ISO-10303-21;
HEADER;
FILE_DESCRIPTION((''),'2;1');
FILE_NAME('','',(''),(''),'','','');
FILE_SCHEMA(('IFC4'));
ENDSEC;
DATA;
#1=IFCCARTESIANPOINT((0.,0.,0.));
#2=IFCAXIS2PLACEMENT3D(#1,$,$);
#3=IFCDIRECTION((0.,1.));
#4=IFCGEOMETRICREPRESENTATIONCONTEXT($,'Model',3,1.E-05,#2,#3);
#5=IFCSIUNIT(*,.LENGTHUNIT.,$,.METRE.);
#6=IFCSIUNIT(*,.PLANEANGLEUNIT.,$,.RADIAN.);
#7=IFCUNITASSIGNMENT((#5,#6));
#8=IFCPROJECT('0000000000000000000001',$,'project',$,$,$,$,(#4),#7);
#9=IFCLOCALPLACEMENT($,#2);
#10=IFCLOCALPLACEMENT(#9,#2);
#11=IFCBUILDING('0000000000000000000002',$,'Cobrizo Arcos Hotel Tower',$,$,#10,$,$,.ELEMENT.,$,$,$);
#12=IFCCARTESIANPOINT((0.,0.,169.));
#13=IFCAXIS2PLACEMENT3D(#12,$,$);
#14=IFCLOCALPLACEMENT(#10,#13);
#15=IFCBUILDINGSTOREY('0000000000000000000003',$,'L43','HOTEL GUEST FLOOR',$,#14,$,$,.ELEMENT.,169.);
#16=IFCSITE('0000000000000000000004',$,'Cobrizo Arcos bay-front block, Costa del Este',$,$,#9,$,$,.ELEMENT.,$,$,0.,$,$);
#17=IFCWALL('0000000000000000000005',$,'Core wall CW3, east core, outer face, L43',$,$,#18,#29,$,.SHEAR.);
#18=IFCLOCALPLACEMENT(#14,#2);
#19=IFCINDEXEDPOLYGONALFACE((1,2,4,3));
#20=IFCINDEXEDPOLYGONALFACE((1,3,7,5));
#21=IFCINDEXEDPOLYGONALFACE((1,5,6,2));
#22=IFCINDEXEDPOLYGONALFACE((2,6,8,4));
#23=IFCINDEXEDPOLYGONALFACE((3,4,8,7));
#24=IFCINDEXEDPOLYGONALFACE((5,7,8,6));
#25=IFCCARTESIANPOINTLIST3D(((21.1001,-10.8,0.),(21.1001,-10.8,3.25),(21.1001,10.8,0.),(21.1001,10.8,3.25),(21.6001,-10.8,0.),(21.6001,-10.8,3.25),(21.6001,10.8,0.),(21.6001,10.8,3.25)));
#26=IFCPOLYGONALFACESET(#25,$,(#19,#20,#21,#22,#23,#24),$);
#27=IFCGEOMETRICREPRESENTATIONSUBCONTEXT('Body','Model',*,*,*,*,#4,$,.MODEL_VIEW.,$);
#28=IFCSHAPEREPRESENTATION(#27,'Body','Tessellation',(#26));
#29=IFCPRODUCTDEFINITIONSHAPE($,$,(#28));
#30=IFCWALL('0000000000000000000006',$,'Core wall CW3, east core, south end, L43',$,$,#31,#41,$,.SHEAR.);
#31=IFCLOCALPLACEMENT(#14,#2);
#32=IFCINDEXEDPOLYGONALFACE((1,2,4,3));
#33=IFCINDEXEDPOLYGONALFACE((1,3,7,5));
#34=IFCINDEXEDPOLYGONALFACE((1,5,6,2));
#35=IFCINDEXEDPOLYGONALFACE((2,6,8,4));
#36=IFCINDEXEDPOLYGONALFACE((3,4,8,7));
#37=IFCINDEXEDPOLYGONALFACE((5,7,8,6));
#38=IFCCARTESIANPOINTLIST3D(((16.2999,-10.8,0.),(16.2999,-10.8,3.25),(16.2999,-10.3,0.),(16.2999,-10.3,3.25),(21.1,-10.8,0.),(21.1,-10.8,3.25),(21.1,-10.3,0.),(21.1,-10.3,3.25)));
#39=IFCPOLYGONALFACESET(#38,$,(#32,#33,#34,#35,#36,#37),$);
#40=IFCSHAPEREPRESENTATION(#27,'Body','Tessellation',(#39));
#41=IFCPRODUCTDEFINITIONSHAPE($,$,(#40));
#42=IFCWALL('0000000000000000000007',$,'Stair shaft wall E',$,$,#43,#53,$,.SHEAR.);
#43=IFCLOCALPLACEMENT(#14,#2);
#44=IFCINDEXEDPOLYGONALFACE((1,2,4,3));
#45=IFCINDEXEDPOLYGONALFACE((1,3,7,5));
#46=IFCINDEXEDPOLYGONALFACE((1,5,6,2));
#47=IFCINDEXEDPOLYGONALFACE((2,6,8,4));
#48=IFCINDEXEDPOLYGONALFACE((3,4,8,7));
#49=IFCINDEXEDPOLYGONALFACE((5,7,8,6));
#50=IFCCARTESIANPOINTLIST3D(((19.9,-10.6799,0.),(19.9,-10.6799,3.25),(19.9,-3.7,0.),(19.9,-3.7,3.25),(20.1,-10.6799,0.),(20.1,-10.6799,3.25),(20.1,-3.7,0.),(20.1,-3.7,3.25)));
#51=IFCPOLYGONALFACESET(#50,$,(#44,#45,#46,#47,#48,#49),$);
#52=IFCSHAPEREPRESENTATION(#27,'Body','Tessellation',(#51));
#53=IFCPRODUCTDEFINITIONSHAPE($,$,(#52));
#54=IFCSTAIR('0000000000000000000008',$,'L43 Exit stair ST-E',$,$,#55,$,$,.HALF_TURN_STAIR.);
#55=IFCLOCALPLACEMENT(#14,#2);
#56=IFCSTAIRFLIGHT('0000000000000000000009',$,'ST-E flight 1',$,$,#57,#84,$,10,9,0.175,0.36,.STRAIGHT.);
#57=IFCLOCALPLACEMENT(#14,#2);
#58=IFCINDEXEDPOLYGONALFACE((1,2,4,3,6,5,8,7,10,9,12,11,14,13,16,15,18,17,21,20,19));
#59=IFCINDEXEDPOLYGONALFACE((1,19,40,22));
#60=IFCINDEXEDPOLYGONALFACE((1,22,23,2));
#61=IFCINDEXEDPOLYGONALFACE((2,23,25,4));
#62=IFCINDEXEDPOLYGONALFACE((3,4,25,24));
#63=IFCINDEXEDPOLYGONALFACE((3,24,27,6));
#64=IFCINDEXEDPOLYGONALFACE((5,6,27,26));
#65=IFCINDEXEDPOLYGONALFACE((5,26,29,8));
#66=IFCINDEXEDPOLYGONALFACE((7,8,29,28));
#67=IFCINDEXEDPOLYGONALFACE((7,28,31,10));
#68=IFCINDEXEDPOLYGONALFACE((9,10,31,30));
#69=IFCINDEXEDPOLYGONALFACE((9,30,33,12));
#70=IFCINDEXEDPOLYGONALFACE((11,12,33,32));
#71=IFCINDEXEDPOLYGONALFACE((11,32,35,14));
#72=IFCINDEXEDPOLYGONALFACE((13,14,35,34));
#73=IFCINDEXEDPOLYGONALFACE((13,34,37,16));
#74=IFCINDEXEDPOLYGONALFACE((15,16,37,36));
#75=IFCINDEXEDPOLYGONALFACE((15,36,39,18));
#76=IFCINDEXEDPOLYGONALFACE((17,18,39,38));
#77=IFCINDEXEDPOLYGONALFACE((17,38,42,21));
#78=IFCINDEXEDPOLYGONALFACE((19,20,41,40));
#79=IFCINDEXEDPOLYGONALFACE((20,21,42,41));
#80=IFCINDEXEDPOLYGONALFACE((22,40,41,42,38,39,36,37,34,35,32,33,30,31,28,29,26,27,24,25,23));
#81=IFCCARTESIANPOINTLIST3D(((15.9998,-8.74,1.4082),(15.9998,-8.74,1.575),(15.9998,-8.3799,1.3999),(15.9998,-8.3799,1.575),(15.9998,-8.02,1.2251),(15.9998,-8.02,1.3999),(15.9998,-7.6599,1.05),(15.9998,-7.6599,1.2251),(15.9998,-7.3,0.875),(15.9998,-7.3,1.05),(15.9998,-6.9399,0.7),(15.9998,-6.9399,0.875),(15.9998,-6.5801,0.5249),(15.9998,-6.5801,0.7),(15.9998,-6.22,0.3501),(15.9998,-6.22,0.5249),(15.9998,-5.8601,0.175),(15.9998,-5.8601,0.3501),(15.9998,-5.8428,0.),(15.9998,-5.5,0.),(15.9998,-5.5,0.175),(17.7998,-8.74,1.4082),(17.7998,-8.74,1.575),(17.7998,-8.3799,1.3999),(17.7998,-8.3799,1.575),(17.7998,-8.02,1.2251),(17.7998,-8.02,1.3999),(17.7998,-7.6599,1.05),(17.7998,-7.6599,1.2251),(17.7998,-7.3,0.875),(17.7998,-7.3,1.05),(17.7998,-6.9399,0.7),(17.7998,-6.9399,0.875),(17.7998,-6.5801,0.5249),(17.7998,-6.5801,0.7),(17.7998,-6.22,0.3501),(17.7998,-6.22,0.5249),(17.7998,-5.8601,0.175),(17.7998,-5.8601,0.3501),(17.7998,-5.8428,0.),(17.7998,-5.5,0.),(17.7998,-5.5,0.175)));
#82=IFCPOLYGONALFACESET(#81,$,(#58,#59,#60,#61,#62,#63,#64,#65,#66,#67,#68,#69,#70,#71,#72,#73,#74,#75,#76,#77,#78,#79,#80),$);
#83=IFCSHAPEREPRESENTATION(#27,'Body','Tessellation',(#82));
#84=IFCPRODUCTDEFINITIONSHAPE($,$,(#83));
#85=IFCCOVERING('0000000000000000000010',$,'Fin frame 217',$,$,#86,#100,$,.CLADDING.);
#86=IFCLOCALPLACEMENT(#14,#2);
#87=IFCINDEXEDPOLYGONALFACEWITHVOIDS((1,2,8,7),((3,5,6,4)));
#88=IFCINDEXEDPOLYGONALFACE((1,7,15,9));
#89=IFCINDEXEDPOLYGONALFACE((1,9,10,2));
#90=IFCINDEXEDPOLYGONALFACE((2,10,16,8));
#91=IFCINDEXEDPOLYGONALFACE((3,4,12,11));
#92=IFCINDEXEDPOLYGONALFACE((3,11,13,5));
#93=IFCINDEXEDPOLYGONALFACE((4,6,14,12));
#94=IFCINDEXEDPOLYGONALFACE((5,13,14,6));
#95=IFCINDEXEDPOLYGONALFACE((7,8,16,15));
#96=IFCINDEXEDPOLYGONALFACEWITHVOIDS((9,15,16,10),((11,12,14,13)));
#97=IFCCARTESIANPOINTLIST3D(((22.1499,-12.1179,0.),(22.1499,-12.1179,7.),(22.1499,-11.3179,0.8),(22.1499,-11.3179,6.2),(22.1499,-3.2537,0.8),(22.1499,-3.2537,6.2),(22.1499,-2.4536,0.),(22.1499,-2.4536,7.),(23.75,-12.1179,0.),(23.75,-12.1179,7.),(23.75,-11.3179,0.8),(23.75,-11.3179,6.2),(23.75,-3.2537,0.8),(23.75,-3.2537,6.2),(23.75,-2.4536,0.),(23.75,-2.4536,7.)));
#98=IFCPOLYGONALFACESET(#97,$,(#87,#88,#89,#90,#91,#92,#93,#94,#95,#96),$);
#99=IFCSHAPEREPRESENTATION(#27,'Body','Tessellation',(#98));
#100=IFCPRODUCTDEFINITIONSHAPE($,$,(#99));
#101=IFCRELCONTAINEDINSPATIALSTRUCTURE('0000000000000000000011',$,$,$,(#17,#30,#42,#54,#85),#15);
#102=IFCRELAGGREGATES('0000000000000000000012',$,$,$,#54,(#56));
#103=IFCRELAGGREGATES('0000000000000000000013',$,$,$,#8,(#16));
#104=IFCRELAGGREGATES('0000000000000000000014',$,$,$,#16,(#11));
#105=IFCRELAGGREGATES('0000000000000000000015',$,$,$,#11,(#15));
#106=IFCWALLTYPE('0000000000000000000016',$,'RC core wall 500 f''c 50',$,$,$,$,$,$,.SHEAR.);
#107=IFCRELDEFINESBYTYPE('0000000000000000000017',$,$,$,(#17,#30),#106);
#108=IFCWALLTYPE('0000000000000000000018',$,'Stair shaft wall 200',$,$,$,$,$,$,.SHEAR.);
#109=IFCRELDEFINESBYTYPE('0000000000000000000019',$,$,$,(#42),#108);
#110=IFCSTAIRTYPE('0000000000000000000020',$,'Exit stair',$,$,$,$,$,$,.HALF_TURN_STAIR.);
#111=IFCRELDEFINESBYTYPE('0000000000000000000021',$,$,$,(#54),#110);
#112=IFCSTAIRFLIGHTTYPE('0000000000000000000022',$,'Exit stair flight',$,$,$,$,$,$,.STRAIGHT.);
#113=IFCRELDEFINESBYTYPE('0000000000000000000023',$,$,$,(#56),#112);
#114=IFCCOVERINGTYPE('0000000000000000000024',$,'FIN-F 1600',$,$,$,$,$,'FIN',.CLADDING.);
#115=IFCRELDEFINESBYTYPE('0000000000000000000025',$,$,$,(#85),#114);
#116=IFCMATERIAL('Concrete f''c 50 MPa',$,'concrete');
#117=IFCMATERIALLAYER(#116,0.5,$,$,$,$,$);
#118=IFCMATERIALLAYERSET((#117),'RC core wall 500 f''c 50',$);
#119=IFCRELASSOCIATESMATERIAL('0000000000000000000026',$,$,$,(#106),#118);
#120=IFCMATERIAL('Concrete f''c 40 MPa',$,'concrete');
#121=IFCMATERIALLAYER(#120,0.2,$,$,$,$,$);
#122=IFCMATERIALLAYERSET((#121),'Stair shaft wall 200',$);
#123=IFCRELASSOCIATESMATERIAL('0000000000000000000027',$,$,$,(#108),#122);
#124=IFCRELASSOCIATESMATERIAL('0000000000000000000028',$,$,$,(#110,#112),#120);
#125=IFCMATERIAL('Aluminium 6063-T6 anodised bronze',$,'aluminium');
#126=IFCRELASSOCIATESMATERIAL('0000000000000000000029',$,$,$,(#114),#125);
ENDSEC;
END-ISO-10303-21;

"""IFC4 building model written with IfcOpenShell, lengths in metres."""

from ifc_helpers import new_model, si_unit, direction, frame, frame_2d, origin, place, context, subcontext, project, spatial, polyline, rectangle, outline, extrude, material, layer, layer_set, type_object, element, aggregate, save


model = new_model("IFC4")

# Units and contexts
model_context = context("Model", 3, precision=1e-05, world=origin(), true_north=direction((0.0, 1.0)))
body_context = subcontext(model_context, "Body", "Model", "MODEL_VIEW")
ifc_project = project(units=[si_unit("LENGTHUNIT", "METRE"), si_unit("PLANEANGLEUNIT", "RADIAN")], contexts=[model_context])

# Site, building, storey
site_placement = place(None, origin())
site = spatial("IfcSite", under=ifc_project, at=site_placement, Name="Cobrizo Arcos bay-front block, Costa del Este", CompositionType="ELEMENT", RefElevation=0.0)
building_placement = place(site_placement, origin())
building = spatial("IfcBuilding", under=site, at=building_placement, Name="Cobrizo Arcos Hotel Tower", CompositionType="ELEMENT")
storey_placement = place(building_placement, frame((0.0, 0.0, 169.0)))
storey = spatial("IfcBuildingStorey", under=building, at=storey_placement, Name="L43", Description="HOTEL GUEST FLOOR", CompositionType="ELEMENT", Elevation=169.0)

# Shared definitions
ifc_material_1 = material(Name="Aluminium 6063-T6 anodised bronze", Category="aluminium")

# Shared definitions
ifc_material_2 = material(Name="Concrete f'c 50 MPa", Category="concrete")
ifc_layer_1 = layer(ifc_material_2, 0.5)
ifc_layer_set_1 = layer_set([ifc_layer_1], Name="RC core wall 500 f'c 50")
wall_type_1 = type_object("IfcWallType", Name="RC core wall 500 f'c 50", PredefinedType="SHEAR", material=ifc_layer_set_1)

# Walls
wall_1_placement = place(storey_placement, frame((21.3501, -10.8, 0.0), z_axis=(0.0, 0.0, 1.0), x_axis=(0.0, 1.0, 0.0)))
element("IfcWall", 1, at=wall_1_placement, inside=storey, type_object=wall_type_1, Name="Core wall CW3, east core, outer face, L43", PredefinedType="SHEAR", context=body_context, shape_type="SweptSolid", body=[
    extrude(rectangle(XDim=21.6001, YDim=0.5, at=frame_2d((10.8, 0.0))), origin(), (0.0, 0.0, 1.0), 3.25),
])
wall_2_placement = place(storey_placement, frame((16.3, -10.55, 0.0), z_axis=(0.0, 0.0, 1.0), x_axis=(1.0, 0.0, 0.0)))
element("IfcWall", 2, at=wall_2_placement, inside=storey, type_object=wall_type_1, Name="Core wall CW3, east core, south end, L43", PredefinedType="SHEAR", context=body_context, shape_type="SweptSolid", body=[
    extrude(rectangle(XDim=4.8, YDim=0.5, at=frame_2d((2.3999, 0.0))), origin(), (0.0, 0.0, 1.0), 3.25),
])
ifc_material_3 = material(Name="Concrete f'c 40 MPa", Category="concrete")
ifc_layer_2 = layer(ifc_material_3, 0.2)
ifc_layer_set_2 = layer_set([ifc_layer_2], Name="Stair shaft wall 200")
wall_type_2 = type_object("IfcWallType", Name="Stair shaft wall 200", PredefinedType="SHEAR", material=ifc_layer_set_2)
wall_3_placement = place(storey_placement, frame((20.0, -10.6799, 0.0), z_axis=(0.0, 0.0, 1.0), x_axis=(0.0, 1.0, 0.0)))
element("IfcWall", 3, at=wall_3_placement, inside=storey, type_object=wall_type_2, Name="Stair shaft wall E", PredefinedType="SHEAR", context=body_context, shape_type="SweptSolid", body=[
    extrude(rectangle(XDim=6.98, YDim=0.2, at=frame_2d((3.49, 0.0))), origin(), (0.0, 0.0, 1.0), 3.25),
])

# Stair, stair flight
stair_type = type_object("IfcStairType", Name="Exit stair", PredefinedType="HALF_TURN_STAIR", material=ifc_material_3)
stair_placement = place(storey_placement, origin())
stair = element("IfcStair", 4, at=stair_placement, inside=storey, type_object=stair_type, Name="L43 Exit stair ST-E", PredefinedType="HALF_TURN_STAIR")
stair_flight_type = type_object("IfcStairFlightType", Name="Exit stair flight", PredefinedType="STRAIGHT", material=ifc_material_3)
stair_flight_placement = place(storey_placement, frame((16.8999, -5.5, 0.0), z_axis=(0.0, 0.0, 1.0), x_axis=(0.0, -1.0, 0.0)))
stair_flight = element("IfcStairFlight", 5, at=stair_flight_placement, type_object=stair_flight_type, Name="ST-E flight 1", NumberOfRisers=10, NumberOfTreads=9, PredefinedType="STRAIGHT", RiserHeight=0.175, TreadLength=0.36, context=body_context, shape_type="SweptSolid", body=[
    extrude(outline(polyline([(0.0, 0.0), (0.0, 0.175), (0.3601, 0.175), (0.3601, 0.3501), (0.72, 0.3501), (0.72, 0.5249), (1.0801, 0.5249), (1.0801, 0.7), (1.4399, 0.7), (1.4399, 0.875), (1.8, 0.875), (1.8, 1.05), (2.1599, 1.05), (2.1599, 1.2251), (2.52, 1.2251), (2.52, 1.3999), (2.8799, 1.3999), (2.8799, 1.575), (3.24, 1.575), (3.24, 1.75), (3.24, 1.4082), (0.3428, 0.0), (0.0, 0.0)])), frame((0.0, 0.8999, 0.0), z_axis=(0.0, -1.0, 0.0), x_axis=(1.0, 0.0, 0.0)), (0.0, 0.0, 1.0), 1.8),
])
aggregate(stair, [stair_flight])

# Covering
covering_type = type_object("IfcCoveringType", Name="FIN-F 1600", ElementType="FIN", PredefinedType="CLADDING", material=ifc_material_1)
covering_placement = place(storey_placement, frame((22.1499, -12.1179, 0.0), z_axis=(1.0, 0.0, 0.0), x_axis=(0.0, 1.0, 0.0)))
element("IfcCovering", 6, at=covering_placement, inside=storey, type_object=covering_type, Name="Fin frame 217", PredefinedType="CLADDING", context=body_context, shape_type="SweptSolid", body=[
    extrude(outline(polyline([(0.0, 7.0), (0.0, 0.0), (9.6643, 0.0), (9.6643, 7.0), (0.0, 7.0)]), holes=[polyline([(8.8643, 0.8), (0.8, 0.8), (0.8, 6.2), (8.8643, 6.2), (8.8643, 0.8)])]), origin(), (0.0, 0.0, 1.0), 1.6001),
])

save(model, "model.ifc")
